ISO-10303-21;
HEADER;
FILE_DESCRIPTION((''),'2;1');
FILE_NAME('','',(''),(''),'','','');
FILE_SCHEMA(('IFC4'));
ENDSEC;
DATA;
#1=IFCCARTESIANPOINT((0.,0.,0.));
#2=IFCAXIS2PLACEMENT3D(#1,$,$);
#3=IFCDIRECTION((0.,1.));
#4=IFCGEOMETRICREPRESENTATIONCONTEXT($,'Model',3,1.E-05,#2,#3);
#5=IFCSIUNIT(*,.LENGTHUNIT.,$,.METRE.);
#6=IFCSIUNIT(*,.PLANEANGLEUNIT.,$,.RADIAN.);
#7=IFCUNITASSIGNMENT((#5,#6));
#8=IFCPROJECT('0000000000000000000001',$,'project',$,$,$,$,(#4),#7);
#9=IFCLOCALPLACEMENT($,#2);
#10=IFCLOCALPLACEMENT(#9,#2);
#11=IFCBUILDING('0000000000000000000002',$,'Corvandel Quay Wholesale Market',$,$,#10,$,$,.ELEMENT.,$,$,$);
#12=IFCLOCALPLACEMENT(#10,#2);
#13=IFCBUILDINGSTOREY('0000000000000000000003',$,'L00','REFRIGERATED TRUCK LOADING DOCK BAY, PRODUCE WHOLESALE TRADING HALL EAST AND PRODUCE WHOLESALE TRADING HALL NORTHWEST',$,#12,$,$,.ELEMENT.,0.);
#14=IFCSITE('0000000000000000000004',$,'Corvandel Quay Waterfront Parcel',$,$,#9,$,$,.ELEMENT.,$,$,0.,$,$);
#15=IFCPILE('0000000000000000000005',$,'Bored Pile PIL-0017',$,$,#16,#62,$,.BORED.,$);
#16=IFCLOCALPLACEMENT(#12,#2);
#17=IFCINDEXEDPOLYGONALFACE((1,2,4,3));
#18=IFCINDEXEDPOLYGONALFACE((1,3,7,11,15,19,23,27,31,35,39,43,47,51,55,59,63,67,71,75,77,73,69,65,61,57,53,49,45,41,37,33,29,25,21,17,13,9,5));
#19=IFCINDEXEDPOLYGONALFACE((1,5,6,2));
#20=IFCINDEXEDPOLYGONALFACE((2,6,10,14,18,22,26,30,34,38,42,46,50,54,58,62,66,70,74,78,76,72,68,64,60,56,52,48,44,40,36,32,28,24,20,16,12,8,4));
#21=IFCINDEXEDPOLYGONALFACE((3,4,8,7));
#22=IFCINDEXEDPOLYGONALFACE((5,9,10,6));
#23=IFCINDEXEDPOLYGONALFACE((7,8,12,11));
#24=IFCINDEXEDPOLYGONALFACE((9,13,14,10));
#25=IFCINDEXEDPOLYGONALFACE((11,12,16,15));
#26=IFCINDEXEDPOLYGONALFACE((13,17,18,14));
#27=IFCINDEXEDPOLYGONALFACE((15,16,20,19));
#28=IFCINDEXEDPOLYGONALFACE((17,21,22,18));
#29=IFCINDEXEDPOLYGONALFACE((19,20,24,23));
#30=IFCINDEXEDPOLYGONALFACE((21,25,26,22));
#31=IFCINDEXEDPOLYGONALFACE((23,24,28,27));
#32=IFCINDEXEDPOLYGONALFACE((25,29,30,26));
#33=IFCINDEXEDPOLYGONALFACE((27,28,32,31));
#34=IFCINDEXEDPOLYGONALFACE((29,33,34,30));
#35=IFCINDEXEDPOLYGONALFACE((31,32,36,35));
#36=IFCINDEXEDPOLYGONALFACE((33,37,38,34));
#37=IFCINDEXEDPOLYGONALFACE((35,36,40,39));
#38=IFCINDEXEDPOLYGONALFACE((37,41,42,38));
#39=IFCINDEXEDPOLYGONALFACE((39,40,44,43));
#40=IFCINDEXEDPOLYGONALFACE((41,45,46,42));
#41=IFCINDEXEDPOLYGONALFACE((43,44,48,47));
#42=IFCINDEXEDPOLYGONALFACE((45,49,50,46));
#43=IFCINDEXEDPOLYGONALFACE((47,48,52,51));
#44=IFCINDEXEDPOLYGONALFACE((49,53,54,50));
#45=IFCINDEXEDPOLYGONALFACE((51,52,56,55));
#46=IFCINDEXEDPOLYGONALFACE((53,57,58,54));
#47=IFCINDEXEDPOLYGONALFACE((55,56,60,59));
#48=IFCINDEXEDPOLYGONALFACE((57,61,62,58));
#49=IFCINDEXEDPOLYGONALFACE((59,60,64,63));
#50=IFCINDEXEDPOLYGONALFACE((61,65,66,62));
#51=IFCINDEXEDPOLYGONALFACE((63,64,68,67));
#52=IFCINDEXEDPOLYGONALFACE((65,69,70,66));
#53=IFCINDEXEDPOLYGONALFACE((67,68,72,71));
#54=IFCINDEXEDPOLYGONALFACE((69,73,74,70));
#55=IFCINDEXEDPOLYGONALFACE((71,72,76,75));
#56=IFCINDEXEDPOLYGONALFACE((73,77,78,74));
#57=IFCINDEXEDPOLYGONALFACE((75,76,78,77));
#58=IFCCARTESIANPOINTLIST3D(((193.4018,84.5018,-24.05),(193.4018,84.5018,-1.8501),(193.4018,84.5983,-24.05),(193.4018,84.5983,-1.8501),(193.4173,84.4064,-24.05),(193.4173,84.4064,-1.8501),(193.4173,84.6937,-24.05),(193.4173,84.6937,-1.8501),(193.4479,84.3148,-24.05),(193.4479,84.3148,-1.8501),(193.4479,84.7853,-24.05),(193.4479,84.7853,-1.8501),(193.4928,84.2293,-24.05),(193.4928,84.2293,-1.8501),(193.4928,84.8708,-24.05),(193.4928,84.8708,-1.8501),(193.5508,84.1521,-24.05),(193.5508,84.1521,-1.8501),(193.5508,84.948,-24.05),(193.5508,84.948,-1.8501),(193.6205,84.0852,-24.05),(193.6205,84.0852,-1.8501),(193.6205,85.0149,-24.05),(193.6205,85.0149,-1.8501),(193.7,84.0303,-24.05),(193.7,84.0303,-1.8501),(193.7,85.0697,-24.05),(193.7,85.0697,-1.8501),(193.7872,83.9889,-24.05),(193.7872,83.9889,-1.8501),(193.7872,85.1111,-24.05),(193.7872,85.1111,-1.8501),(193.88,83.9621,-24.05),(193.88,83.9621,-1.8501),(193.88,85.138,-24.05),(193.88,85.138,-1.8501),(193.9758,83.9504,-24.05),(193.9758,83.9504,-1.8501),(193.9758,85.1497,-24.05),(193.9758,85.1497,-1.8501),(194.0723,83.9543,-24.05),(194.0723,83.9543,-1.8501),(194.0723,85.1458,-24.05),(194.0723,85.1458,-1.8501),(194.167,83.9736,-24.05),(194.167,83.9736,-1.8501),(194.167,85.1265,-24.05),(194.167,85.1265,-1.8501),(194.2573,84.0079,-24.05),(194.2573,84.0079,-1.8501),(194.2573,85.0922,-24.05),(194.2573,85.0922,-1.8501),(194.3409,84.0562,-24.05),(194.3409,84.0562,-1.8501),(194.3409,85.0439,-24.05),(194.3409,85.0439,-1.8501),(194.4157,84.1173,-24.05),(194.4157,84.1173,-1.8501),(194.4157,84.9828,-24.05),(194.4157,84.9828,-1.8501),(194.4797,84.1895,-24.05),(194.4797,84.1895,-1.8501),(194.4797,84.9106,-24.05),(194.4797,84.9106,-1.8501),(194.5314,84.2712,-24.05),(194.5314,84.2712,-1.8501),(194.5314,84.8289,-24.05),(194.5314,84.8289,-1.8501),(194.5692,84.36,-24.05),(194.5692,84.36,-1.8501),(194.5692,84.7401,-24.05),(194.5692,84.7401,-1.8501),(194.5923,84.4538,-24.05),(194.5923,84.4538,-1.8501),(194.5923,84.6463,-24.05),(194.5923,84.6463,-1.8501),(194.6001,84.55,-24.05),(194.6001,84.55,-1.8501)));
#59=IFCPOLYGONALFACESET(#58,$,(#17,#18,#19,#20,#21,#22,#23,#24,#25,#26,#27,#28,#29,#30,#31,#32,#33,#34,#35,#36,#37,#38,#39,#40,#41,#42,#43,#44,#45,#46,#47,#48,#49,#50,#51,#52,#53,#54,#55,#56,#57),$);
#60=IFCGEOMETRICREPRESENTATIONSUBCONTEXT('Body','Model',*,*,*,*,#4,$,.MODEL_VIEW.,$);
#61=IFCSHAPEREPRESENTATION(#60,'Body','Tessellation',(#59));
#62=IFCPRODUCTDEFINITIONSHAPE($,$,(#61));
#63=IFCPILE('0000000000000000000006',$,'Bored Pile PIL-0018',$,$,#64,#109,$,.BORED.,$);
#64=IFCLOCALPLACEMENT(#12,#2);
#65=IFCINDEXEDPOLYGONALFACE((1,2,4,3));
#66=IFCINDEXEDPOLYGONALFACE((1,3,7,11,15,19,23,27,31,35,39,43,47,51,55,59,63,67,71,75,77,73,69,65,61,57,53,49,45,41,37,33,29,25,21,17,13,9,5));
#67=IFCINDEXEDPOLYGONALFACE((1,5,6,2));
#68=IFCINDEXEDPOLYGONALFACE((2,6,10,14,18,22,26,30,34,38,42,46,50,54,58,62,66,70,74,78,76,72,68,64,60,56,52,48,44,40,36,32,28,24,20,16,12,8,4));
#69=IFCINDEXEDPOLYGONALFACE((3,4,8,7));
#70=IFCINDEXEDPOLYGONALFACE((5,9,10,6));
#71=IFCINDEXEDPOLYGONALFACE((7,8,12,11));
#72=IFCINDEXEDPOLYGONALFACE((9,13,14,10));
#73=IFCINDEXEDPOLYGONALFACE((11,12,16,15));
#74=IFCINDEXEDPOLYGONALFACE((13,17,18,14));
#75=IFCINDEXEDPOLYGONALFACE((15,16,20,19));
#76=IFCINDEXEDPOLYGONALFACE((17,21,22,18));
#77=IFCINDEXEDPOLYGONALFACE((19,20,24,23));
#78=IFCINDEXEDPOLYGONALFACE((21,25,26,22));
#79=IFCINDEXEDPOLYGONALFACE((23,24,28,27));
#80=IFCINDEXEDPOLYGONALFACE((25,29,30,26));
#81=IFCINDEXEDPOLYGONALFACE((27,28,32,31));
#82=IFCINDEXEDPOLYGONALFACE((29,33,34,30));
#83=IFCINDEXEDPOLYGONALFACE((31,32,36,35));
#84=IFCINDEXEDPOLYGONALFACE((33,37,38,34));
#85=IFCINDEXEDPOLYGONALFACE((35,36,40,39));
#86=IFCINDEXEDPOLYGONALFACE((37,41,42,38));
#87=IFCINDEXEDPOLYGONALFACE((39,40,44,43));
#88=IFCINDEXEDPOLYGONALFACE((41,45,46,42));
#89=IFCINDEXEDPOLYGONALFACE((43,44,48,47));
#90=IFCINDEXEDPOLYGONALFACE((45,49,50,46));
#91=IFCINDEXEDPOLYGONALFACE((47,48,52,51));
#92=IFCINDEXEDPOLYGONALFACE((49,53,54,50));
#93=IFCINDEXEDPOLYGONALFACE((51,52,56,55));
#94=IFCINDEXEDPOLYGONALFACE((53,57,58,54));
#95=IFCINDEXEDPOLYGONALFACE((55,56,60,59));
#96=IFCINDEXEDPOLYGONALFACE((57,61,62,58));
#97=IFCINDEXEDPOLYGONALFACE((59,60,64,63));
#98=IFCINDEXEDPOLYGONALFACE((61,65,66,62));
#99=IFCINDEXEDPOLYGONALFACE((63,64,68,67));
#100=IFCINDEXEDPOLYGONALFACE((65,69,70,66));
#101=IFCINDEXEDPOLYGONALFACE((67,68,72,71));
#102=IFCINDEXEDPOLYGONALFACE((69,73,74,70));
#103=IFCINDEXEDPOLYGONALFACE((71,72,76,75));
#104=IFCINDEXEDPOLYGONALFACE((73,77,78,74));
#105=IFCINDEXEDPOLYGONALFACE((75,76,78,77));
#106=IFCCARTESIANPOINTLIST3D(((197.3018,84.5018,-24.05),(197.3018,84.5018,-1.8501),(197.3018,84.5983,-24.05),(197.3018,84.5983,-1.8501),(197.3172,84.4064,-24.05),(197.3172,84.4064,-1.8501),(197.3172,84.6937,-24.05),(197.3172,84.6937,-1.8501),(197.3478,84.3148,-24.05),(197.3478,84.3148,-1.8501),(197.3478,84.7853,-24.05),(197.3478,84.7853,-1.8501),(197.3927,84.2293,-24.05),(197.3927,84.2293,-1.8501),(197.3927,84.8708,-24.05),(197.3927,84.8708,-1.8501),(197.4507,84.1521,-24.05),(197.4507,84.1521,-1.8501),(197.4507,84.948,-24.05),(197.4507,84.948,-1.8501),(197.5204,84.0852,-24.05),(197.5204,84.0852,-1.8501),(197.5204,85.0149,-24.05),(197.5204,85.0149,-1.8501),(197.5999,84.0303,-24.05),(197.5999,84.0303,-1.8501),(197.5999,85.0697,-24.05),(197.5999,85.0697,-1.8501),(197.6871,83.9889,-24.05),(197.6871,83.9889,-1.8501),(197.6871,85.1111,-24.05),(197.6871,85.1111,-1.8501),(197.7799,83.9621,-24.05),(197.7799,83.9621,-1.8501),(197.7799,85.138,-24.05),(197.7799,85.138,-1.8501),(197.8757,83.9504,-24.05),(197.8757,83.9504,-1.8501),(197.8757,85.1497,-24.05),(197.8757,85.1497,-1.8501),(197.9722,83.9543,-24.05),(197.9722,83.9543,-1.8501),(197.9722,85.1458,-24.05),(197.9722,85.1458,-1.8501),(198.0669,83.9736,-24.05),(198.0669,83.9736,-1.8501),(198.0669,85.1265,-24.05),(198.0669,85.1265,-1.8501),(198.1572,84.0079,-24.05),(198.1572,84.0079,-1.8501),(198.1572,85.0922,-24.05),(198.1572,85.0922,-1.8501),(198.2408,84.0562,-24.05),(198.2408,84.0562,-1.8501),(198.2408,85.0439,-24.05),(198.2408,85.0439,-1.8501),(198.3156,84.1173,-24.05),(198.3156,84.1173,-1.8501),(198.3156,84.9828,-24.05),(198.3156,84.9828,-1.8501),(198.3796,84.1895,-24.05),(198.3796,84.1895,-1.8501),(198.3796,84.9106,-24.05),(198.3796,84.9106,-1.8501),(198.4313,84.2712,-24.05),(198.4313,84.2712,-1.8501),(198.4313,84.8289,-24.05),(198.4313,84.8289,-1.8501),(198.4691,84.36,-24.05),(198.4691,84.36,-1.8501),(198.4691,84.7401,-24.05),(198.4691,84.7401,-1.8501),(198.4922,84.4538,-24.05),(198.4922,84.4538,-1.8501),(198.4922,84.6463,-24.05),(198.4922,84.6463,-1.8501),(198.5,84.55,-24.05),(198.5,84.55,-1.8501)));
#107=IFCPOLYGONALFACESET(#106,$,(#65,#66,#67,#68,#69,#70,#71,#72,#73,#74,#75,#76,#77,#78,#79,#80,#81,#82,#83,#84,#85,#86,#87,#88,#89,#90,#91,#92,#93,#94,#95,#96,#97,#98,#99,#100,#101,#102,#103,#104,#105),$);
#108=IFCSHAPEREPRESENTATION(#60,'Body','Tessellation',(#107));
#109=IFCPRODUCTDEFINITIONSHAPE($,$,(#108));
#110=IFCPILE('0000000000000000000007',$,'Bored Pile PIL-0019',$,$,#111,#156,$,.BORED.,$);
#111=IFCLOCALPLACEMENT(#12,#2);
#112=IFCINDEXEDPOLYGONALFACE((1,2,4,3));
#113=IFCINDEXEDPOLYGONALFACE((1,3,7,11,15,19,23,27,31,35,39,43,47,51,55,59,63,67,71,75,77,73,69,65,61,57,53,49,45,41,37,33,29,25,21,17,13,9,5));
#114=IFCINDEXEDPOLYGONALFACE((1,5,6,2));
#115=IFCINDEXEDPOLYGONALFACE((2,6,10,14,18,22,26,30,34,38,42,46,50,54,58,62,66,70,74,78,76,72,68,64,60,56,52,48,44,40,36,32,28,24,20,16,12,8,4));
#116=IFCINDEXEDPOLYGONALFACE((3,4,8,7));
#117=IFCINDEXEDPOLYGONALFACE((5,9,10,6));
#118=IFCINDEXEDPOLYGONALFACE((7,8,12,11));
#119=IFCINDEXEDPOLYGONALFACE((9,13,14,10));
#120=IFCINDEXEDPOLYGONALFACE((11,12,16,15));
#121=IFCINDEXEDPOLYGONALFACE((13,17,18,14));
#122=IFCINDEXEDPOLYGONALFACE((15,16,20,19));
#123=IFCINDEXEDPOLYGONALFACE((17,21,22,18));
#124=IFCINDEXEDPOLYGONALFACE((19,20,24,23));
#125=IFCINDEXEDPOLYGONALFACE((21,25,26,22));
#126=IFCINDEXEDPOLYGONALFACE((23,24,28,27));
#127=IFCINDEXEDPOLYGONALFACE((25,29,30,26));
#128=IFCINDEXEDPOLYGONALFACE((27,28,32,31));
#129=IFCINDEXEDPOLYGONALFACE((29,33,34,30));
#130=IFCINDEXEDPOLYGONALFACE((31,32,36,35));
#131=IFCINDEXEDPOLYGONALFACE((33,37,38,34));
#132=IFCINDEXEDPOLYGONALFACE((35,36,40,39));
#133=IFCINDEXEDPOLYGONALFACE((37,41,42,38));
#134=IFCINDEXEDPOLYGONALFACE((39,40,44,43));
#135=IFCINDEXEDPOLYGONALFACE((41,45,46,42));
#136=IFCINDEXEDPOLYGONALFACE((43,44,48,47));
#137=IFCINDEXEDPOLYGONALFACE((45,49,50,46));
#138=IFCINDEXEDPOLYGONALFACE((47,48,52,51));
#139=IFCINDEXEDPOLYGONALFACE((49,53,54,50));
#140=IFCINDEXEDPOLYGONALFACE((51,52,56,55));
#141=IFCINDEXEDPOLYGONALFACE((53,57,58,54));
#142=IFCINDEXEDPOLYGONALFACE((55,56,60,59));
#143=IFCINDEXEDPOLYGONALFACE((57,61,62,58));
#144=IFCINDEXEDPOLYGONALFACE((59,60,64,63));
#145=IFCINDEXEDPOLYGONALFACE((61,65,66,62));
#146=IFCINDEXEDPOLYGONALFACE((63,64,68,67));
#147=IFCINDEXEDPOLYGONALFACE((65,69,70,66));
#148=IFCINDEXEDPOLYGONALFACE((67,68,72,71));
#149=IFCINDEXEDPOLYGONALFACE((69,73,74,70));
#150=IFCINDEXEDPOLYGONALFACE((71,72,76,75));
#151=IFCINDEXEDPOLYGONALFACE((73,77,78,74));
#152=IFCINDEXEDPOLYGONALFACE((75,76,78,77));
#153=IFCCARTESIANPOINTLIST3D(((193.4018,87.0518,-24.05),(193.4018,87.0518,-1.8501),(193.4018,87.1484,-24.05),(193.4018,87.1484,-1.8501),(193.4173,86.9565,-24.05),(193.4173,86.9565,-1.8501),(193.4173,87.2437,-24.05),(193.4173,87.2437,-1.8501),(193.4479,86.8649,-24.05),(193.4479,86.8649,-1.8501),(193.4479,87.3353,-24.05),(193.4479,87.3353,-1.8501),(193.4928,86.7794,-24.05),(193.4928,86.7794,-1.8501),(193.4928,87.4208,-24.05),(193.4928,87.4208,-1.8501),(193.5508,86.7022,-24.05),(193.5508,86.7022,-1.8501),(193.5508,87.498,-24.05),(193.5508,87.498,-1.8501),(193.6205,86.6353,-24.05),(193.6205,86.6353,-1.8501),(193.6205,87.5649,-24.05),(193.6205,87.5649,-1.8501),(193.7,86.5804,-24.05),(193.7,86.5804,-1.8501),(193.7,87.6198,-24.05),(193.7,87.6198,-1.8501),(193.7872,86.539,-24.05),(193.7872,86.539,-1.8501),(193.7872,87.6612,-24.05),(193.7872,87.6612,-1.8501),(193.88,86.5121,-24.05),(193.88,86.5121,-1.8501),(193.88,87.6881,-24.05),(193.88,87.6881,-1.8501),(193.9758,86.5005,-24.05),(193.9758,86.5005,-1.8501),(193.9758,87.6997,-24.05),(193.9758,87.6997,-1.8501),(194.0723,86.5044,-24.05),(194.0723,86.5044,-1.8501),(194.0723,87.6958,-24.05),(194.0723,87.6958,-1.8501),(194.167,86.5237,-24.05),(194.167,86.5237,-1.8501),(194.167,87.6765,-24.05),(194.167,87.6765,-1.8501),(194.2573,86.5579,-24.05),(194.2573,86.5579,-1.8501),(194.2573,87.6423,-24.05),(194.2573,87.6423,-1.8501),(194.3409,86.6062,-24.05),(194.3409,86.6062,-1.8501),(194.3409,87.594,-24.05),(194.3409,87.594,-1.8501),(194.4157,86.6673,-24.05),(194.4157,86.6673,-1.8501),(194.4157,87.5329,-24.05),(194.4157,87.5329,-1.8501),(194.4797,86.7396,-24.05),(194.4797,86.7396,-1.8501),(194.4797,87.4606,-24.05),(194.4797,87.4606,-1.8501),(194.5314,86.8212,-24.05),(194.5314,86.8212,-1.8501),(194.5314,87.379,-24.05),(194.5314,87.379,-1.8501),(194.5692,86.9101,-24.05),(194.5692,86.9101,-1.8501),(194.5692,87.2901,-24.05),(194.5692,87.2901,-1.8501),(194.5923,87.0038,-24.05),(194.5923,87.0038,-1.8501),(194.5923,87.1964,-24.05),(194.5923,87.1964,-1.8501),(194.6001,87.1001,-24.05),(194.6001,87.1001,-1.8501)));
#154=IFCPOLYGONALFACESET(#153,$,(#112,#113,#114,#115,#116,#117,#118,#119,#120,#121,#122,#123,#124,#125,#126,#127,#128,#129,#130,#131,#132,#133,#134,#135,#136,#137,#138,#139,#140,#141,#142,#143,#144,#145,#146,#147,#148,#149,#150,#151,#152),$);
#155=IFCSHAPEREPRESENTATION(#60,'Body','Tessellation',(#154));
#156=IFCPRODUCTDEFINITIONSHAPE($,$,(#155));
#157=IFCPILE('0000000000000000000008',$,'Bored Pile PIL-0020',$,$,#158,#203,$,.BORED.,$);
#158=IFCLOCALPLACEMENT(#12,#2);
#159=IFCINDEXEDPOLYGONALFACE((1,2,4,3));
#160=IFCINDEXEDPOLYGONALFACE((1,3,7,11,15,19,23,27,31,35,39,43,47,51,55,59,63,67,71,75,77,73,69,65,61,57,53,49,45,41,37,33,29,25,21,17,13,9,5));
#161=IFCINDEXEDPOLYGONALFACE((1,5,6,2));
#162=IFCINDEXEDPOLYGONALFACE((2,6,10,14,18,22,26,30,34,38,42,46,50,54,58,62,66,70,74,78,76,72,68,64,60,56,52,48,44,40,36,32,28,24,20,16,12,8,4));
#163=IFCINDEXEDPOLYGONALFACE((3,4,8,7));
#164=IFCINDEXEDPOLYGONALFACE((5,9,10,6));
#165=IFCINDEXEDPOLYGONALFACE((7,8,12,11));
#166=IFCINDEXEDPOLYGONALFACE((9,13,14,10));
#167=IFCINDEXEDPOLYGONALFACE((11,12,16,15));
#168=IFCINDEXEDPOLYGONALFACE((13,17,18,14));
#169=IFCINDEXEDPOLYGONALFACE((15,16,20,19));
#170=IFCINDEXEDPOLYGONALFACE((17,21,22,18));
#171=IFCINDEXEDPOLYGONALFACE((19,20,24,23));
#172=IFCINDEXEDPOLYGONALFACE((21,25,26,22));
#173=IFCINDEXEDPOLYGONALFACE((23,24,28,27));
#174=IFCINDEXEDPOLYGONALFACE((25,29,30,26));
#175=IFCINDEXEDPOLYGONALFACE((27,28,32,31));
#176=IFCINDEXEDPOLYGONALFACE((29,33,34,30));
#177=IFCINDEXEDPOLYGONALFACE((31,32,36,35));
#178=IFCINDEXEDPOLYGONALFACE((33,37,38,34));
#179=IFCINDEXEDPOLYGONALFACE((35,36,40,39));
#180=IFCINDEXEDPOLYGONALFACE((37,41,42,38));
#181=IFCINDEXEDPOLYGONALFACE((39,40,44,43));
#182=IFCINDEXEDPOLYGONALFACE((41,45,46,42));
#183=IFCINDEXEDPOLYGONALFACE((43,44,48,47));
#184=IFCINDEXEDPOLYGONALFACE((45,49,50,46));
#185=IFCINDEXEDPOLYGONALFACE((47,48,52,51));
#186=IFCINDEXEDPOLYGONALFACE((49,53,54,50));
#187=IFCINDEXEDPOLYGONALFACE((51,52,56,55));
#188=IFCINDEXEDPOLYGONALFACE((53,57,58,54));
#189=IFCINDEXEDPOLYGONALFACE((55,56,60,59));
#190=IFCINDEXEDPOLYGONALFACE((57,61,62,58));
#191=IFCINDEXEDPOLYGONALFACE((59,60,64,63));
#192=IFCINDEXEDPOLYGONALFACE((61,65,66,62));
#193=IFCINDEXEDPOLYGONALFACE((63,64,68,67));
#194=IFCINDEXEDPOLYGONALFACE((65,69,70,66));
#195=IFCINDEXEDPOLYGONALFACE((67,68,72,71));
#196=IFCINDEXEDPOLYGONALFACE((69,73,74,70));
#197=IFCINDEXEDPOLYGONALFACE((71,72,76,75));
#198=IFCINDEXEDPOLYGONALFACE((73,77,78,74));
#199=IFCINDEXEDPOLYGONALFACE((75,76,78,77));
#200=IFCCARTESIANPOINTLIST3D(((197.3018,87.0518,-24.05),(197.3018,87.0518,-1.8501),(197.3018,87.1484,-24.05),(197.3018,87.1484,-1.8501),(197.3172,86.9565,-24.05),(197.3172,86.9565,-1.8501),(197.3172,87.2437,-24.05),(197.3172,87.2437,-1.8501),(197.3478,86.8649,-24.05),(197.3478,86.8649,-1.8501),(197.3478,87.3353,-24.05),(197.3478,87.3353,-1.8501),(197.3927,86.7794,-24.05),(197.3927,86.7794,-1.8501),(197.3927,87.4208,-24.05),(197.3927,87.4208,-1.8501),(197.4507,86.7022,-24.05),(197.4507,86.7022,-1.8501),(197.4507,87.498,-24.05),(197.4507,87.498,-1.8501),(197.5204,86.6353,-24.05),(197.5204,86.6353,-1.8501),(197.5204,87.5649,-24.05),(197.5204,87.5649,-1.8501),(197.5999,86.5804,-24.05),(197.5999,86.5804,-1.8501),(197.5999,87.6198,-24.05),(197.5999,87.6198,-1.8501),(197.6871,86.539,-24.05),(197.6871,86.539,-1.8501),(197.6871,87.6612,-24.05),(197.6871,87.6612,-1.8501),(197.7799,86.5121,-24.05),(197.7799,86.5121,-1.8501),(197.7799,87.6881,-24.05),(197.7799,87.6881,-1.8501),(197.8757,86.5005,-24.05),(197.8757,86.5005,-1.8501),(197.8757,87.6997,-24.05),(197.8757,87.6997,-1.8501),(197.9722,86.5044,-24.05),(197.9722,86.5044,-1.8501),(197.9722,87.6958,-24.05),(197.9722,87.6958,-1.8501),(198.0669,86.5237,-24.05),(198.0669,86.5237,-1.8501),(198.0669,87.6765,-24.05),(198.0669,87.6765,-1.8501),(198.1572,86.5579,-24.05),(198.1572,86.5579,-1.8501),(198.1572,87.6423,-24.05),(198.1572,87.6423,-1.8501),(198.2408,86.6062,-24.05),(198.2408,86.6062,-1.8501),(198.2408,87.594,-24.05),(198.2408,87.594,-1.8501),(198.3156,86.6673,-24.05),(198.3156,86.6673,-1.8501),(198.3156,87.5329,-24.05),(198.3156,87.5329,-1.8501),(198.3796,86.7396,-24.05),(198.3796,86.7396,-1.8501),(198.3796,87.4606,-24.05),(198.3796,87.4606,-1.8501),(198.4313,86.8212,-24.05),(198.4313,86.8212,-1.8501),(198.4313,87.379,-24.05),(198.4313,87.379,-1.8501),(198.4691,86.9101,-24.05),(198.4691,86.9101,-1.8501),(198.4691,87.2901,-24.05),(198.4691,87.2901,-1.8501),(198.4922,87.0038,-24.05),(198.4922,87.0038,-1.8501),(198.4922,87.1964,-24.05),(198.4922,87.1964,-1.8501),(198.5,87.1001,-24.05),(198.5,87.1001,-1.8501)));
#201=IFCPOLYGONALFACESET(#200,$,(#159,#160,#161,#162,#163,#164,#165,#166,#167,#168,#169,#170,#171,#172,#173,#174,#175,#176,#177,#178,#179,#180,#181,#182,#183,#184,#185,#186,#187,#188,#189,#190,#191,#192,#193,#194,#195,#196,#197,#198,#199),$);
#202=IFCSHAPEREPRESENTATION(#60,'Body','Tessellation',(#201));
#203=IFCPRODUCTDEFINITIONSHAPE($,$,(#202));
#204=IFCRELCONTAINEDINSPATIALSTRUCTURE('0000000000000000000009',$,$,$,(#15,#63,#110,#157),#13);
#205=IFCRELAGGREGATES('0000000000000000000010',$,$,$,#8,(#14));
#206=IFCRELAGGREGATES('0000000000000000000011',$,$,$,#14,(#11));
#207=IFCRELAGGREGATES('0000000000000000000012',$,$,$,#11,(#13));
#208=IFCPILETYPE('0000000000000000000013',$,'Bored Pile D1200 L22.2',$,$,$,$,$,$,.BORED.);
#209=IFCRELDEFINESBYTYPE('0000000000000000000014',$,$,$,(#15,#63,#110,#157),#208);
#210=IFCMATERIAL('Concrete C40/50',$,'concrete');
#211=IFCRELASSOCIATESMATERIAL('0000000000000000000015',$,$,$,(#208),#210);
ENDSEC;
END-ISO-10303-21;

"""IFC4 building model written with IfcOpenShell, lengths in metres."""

from ifc_helpers import new_model, si_unit, direction, frame, origin, origin_2d, place, context, subcontext, project, spatial, circle, extrude, material, material_profile, profile_set, type_object, element, save


model = new_model("IFC4")

# Units and contexts
model_context = context("Model", 3, precision=1e-05, world=origin(), true_north=direction((0.0, 1.0)))
body_context = subcontext(model_context, "Body", "Model", "MODEL_VIEW")
ifc_project = project(units=[si_unit("LENGTHUNIT", "METRE"), si_unit("PLANEANGLEUNIT", "RADIAN")], contexts=[model_context])

# Site, building, storey
site_placement = place(None, origin())
site = spatial("IfcSite", under=ifc_project, at=site_placement, Name="Corvandel Quay Waterfront Parcel", CompositionType="ELEMENT", RefElevation=0.0)
building_placement = place(site_placement, origin())
building = spatial("IfcBuilding", under=site, at=building_placement, Name="Corvandel Quay Wholesale Market", CompositionType="ELEMENT")
storey_placement = place(building_placement, origin())
storey = spatial("IfcBuildingStorey", under=building, at=storey_placement, Name="L00", Description="REFRIGERATED TRUCK LOADING DOCK BAY, PRODUCE WHOLESALE TRADING HALL EAST AND PRODUCE WHOLESALE TRADING HALL NORTHWEST", CompositionType="ELEMENT", Elevation=0.0)

# Piles
ifc_material_1 = material(Name="Concrete C40/50", Category="concrete")
ifc_material_profile = material_profile(ifc_material_1, circle(Radius=0.6001, at=origin_2d()), Name="RC-PILE-D1200")
ifc_profile_set = profile_set([ifc_material_profile], Name="Concrete C40/50")
pile_type = type_object("IfcPileType", Name="Bored Pile D1200 L22.2", PredefinedType="BORED", material=ifc_profile_set)
for number, where, z_axis, x_axis, name in (
    (1, (194.0, 84.55, -1.8501), (0.0, 0.0, -1.0), (1.0, 0.0, 0.0), "Bored Pile PIL-0017"),
    (2, (197.8999, 84.55, -1.8501), (0.0, 0.0, -1.0), (1.0, 0.0, 0.0), "Bored Pile PIL-0018"),
    (3, (194.0, 87.1001, -1.8501), (0.0, 0.0, -1.0), (1.0, 0.0, 0.0), "Bored Pile PIL-0019"),
    (4, (197.8999, 87.1001, -1.8501), (0.0, 0.0, -1.0), (1.0, 0.0, 0.0), "Bored Pile PIL-0020"),
):
    element("IfcPile", number, at=place(storey_placement, frame(where, z_axis=z_axis, x_axis=x_axis)), inside=storey, type_object=pile_type, Name=name, PredefinedType="BORED", context=body_context, shape_type="SweptSolid", body=[
        extrude(circle(Radius=0.6001, at=origin_2d()), origin(), (0.0, 0.0, 1.0), 22.2),
    ])

save(model, "model.ifc")
